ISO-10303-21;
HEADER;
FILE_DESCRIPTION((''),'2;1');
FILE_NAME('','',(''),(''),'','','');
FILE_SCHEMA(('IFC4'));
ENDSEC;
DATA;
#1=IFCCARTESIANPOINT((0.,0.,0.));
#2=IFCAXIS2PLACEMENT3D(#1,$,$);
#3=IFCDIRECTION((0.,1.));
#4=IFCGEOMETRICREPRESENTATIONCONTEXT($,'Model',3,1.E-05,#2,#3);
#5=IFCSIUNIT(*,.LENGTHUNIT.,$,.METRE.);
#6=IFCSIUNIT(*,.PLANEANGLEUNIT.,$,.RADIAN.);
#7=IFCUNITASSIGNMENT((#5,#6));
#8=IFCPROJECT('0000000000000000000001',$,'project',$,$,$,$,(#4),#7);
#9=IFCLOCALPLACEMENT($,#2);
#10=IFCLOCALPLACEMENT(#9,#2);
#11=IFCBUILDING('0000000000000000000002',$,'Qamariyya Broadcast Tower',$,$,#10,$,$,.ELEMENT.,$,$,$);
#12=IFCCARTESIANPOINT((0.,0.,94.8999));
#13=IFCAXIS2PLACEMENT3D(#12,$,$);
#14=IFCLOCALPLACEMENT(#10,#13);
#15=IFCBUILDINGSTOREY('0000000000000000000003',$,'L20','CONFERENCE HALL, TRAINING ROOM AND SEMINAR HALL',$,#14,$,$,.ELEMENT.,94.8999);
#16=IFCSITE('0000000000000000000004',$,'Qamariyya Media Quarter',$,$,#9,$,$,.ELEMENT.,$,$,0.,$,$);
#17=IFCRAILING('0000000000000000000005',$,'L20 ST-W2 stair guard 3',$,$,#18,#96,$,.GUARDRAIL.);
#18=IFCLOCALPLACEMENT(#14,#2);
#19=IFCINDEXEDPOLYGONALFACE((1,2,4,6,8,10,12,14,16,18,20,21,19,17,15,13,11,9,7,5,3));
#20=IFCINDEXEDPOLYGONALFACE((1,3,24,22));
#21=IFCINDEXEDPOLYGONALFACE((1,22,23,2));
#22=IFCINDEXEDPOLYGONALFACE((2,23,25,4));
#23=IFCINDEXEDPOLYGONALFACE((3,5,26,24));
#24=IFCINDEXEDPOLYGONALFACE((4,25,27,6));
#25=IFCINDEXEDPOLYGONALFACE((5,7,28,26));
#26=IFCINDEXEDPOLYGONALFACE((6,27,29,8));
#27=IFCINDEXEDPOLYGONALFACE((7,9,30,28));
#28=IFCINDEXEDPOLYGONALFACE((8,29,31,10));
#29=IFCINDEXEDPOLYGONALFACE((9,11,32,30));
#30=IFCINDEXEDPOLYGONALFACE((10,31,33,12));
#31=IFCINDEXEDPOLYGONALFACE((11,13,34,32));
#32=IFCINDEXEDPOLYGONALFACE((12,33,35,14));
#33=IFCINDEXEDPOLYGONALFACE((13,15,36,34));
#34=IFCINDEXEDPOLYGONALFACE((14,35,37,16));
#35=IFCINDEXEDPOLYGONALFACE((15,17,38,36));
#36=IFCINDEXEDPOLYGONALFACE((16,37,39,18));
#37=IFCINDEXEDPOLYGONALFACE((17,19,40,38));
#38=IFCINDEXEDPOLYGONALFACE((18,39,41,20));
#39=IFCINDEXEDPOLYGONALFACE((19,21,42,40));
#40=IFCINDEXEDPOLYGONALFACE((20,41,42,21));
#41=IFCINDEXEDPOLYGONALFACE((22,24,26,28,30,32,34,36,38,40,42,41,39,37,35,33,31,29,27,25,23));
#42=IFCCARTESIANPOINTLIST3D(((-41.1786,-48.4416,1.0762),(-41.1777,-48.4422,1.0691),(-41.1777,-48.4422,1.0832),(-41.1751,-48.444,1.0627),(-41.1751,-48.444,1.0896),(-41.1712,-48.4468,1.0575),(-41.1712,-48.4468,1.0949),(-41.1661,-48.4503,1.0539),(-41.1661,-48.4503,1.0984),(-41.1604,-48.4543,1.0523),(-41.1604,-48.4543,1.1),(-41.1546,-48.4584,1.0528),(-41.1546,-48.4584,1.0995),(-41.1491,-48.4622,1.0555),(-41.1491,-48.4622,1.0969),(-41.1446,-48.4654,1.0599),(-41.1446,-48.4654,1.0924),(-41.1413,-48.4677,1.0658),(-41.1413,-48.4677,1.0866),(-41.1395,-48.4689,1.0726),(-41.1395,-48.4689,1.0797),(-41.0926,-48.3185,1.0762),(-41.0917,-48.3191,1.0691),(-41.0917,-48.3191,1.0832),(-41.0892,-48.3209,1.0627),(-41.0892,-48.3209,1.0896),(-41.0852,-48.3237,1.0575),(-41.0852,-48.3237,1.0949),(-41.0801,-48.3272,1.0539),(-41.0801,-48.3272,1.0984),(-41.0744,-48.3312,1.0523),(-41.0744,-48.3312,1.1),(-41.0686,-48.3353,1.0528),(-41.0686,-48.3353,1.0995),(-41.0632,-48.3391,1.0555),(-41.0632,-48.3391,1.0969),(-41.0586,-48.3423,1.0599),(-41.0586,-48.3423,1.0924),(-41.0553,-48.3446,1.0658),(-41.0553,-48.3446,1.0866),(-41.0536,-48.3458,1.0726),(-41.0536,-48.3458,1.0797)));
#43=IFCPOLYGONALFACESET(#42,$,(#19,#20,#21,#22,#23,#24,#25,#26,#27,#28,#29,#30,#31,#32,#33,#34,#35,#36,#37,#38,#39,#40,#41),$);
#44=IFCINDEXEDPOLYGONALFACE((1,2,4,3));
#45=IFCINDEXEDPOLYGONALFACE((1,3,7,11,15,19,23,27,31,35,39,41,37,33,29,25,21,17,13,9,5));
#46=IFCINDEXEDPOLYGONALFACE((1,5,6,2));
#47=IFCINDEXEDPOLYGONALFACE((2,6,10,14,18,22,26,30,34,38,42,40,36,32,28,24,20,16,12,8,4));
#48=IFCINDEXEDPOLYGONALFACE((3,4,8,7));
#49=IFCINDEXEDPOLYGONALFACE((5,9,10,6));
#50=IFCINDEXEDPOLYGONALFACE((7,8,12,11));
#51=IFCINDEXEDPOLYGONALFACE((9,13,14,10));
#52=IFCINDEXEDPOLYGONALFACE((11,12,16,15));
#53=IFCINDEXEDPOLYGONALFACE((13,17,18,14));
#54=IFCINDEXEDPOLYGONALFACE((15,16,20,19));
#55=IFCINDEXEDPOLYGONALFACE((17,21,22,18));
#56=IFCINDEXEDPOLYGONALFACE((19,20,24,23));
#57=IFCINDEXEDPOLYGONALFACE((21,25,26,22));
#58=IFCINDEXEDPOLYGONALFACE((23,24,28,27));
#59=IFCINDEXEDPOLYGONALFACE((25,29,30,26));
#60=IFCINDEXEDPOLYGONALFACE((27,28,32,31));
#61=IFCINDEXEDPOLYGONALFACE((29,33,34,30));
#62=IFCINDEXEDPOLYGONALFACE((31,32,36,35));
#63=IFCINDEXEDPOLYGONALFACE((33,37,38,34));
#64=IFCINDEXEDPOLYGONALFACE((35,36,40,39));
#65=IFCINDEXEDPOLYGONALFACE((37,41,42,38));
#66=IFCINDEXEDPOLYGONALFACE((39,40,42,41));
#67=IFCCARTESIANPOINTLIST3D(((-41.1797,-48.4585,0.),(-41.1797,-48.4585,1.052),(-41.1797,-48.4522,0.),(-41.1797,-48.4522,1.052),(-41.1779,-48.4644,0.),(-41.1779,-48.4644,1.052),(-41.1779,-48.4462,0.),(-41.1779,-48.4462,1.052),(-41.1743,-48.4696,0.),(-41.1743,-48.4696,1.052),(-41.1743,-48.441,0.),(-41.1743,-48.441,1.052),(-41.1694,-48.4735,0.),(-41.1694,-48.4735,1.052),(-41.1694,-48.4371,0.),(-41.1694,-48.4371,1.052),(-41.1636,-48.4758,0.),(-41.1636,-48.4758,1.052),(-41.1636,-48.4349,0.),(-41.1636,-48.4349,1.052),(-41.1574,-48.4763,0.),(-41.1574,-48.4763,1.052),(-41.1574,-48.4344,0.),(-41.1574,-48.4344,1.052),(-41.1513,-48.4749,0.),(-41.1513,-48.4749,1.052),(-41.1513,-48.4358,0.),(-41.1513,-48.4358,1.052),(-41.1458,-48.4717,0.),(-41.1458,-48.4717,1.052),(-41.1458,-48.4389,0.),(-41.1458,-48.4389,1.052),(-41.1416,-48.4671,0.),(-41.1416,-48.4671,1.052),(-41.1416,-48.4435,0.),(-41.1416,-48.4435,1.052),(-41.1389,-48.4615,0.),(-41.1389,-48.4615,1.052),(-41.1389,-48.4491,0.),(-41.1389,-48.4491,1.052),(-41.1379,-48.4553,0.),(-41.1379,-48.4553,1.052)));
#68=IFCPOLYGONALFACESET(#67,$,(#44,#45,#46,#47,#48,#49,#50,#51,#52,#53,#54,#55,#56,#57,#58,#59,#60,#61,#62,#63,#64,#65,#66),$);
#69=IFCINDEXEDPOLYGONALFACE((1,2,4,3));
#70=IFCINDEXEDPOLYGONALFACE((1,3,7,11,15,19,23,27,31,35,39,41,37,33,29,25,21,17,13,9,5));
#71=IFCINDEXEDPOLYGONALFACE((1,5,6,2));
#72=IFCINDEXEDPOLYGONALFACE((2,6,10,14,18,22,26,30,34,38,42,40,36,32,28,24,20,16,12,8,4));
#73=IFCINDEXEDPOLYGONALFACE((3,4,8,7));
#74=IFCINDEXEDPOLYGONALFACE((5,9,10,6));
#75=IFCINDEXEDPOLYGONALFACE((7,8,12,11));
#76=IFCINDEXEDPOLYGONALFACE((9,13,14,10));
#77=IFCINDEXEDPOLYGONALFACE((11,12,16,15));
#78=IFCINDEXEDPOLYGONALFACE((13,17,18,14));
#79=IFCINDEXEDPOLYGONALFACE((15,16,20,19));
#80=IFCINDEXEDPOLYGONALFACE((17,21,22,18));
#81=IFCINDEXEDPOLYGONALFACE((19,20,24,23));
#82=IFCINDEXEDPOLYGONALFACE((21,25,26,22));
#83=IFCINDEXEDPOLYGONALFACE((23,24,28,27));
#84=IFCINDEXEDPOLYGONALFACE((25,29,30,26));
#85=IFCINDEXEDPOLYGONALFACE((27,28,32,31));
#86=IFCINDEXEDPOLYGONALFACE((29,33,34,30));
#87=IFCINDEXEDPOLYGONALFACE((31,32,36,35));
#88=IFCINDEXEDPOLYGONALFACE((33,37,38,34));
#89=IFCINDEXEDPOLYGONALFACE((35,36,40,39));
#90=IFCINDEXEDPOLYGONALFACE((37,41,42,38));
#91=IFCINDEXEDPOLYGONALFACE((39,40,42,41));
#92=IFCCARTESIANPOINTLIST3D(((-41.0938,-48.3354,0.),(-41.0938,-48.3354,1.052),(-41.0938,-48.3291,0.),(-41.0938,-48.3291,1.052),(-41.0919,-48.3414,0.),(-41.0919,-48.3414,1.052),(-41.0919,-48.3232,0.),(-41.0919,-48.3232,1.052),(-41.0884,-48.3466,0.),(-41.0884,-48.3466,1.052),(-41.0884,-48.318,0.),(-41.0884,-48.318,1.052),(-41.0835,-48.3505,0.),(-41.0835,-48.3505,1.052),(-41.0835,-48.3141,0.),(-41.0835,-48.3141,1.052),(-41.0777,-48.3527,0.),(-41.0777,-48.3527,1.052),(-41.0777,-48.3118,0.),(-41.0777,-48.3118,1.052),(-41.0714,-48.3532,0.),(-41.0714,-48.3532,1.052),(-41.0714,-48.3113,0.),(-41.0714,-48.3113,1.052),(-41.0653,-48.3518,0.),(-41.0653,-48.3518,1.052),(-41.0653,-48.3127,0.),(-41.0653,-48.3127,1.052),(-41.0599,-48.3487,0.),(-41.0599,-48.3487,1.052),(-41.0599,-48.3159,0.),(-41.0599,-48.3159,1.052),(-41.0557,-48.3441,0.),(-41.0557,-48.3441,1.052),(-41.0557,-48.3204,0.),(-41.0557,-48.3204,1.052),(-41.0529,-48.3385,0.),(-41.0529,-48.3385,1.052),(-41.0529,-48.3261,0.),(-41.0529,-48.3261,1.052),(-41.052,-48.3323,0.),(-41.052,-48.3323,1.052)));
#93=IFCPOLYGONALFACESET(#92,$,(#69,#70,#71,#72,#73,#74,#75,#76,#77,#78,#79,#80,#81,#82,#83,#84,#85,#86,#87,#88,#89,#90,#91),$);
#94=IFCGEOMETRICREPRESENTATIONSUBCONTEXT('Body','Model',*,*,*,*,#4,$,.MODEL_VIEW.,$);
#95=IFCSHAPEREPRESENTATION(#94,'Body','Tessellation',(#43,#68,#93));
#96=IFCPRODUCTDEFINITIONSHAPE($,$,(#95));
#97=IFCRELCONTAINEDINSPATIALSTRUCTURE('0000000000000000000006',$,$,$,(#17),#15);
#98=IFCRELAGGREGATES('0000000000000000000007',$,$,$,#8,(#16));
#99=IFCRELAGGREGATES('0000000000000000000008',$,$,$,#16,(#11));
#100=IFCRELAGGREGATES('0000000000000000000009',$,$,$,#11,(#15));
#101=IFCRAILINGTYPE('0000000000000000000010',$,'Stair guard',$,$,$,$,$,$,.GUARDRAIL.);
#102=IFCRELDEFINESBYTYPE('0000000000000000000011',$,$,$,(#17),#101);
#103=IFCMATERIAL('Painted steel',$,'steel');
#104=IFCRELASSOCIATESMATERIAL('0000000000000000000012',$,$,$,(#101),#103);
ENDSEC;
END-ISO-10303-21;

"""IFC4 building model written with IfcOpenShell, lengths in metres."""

from ifc_helpers import new_model, si_unit, direction, frame, origin, origin_2d, place, context, subcontext, project, spatial, circle, extrude, material, type_object, element, save


model = new_model("IFC4")

# Units and contexts
model_context = context("Model", 3, precision=1e-05, world=origin(), true_north=direction((0.0, 1.0)))
body_context = subcontext(model_context, "Body", "Model", "MODEL_VIEW")
ifc_project = project(units=[si_unit("LENGTHUNIT", "METRE"), si_unit("PLANEANGLEUNIT", "RADIAN")], contexts=[model_context])

# Site, building, storey
site_placement = place(None, origin())
site = spatial("IfcSite", under=ifc_project, at=site_placement, Name="Qamariyya Media Quarter", CompositionType="ELEMENT", RefElevation=0.0)
building_placement = place(site_placement, origin())
building = spatial("IfcBuilding", under=site, at=building_placement, Name="Qamariyya Broadcast Tower", CompositionType="ELEMENT")
storey_placement = place(building_placement, frame((0.0, 0.0, 94.8999)))
storey = spatial("IfcBuildingStorey", under=building, at=storey_placement, Name="L20", Description="CONFERENCE HALL, TRAINING ROOM AND SEMINAR HALL", CompositionType="ELEMENT", Elevation=94.8999)

# Railing
ifc_material_1 = material(Name="Painted steel", Category="steel")
railing_type_1 = type_object("IfcRailingType", Name="Stair guard", PredefinedType="GUARDRAIL", material=ifc_material_1)
railing_1_placement = place(storey_placement, frame((-41.1589, -48.4553, 0.0)))
element("IfcRailing", 1, at=railing_1_placement, inside=storey, type_object=railing_type_1, Name="L20 ST-W2 stair guard 3", PredefinedType="GUARDRAIL", context=body_context, shape_type="SweptSolid", body=[
    extrude(circle(Radius=0.0239, at=origin_2d()), frame((0.0, 0.0, 1.0762), z_axis=(0.572589, 0.819843, 0.0), x_axis=(-0.819843, 0.572589, 0.0)), (0.0, 0.0, 1.0), 0.1501),
    extrude(circle(Radius=0.021, at=origin_2d()), origin(), (0.0, 0.0, 1.0), 1.052),
    extrude(circle(Radius=0.021, at=origin_2d()), frame((0.0859, 0.123, 0.0)), (0.0, 0.0, 1.0), 1.052),
])

save(model, "model.ifc")
